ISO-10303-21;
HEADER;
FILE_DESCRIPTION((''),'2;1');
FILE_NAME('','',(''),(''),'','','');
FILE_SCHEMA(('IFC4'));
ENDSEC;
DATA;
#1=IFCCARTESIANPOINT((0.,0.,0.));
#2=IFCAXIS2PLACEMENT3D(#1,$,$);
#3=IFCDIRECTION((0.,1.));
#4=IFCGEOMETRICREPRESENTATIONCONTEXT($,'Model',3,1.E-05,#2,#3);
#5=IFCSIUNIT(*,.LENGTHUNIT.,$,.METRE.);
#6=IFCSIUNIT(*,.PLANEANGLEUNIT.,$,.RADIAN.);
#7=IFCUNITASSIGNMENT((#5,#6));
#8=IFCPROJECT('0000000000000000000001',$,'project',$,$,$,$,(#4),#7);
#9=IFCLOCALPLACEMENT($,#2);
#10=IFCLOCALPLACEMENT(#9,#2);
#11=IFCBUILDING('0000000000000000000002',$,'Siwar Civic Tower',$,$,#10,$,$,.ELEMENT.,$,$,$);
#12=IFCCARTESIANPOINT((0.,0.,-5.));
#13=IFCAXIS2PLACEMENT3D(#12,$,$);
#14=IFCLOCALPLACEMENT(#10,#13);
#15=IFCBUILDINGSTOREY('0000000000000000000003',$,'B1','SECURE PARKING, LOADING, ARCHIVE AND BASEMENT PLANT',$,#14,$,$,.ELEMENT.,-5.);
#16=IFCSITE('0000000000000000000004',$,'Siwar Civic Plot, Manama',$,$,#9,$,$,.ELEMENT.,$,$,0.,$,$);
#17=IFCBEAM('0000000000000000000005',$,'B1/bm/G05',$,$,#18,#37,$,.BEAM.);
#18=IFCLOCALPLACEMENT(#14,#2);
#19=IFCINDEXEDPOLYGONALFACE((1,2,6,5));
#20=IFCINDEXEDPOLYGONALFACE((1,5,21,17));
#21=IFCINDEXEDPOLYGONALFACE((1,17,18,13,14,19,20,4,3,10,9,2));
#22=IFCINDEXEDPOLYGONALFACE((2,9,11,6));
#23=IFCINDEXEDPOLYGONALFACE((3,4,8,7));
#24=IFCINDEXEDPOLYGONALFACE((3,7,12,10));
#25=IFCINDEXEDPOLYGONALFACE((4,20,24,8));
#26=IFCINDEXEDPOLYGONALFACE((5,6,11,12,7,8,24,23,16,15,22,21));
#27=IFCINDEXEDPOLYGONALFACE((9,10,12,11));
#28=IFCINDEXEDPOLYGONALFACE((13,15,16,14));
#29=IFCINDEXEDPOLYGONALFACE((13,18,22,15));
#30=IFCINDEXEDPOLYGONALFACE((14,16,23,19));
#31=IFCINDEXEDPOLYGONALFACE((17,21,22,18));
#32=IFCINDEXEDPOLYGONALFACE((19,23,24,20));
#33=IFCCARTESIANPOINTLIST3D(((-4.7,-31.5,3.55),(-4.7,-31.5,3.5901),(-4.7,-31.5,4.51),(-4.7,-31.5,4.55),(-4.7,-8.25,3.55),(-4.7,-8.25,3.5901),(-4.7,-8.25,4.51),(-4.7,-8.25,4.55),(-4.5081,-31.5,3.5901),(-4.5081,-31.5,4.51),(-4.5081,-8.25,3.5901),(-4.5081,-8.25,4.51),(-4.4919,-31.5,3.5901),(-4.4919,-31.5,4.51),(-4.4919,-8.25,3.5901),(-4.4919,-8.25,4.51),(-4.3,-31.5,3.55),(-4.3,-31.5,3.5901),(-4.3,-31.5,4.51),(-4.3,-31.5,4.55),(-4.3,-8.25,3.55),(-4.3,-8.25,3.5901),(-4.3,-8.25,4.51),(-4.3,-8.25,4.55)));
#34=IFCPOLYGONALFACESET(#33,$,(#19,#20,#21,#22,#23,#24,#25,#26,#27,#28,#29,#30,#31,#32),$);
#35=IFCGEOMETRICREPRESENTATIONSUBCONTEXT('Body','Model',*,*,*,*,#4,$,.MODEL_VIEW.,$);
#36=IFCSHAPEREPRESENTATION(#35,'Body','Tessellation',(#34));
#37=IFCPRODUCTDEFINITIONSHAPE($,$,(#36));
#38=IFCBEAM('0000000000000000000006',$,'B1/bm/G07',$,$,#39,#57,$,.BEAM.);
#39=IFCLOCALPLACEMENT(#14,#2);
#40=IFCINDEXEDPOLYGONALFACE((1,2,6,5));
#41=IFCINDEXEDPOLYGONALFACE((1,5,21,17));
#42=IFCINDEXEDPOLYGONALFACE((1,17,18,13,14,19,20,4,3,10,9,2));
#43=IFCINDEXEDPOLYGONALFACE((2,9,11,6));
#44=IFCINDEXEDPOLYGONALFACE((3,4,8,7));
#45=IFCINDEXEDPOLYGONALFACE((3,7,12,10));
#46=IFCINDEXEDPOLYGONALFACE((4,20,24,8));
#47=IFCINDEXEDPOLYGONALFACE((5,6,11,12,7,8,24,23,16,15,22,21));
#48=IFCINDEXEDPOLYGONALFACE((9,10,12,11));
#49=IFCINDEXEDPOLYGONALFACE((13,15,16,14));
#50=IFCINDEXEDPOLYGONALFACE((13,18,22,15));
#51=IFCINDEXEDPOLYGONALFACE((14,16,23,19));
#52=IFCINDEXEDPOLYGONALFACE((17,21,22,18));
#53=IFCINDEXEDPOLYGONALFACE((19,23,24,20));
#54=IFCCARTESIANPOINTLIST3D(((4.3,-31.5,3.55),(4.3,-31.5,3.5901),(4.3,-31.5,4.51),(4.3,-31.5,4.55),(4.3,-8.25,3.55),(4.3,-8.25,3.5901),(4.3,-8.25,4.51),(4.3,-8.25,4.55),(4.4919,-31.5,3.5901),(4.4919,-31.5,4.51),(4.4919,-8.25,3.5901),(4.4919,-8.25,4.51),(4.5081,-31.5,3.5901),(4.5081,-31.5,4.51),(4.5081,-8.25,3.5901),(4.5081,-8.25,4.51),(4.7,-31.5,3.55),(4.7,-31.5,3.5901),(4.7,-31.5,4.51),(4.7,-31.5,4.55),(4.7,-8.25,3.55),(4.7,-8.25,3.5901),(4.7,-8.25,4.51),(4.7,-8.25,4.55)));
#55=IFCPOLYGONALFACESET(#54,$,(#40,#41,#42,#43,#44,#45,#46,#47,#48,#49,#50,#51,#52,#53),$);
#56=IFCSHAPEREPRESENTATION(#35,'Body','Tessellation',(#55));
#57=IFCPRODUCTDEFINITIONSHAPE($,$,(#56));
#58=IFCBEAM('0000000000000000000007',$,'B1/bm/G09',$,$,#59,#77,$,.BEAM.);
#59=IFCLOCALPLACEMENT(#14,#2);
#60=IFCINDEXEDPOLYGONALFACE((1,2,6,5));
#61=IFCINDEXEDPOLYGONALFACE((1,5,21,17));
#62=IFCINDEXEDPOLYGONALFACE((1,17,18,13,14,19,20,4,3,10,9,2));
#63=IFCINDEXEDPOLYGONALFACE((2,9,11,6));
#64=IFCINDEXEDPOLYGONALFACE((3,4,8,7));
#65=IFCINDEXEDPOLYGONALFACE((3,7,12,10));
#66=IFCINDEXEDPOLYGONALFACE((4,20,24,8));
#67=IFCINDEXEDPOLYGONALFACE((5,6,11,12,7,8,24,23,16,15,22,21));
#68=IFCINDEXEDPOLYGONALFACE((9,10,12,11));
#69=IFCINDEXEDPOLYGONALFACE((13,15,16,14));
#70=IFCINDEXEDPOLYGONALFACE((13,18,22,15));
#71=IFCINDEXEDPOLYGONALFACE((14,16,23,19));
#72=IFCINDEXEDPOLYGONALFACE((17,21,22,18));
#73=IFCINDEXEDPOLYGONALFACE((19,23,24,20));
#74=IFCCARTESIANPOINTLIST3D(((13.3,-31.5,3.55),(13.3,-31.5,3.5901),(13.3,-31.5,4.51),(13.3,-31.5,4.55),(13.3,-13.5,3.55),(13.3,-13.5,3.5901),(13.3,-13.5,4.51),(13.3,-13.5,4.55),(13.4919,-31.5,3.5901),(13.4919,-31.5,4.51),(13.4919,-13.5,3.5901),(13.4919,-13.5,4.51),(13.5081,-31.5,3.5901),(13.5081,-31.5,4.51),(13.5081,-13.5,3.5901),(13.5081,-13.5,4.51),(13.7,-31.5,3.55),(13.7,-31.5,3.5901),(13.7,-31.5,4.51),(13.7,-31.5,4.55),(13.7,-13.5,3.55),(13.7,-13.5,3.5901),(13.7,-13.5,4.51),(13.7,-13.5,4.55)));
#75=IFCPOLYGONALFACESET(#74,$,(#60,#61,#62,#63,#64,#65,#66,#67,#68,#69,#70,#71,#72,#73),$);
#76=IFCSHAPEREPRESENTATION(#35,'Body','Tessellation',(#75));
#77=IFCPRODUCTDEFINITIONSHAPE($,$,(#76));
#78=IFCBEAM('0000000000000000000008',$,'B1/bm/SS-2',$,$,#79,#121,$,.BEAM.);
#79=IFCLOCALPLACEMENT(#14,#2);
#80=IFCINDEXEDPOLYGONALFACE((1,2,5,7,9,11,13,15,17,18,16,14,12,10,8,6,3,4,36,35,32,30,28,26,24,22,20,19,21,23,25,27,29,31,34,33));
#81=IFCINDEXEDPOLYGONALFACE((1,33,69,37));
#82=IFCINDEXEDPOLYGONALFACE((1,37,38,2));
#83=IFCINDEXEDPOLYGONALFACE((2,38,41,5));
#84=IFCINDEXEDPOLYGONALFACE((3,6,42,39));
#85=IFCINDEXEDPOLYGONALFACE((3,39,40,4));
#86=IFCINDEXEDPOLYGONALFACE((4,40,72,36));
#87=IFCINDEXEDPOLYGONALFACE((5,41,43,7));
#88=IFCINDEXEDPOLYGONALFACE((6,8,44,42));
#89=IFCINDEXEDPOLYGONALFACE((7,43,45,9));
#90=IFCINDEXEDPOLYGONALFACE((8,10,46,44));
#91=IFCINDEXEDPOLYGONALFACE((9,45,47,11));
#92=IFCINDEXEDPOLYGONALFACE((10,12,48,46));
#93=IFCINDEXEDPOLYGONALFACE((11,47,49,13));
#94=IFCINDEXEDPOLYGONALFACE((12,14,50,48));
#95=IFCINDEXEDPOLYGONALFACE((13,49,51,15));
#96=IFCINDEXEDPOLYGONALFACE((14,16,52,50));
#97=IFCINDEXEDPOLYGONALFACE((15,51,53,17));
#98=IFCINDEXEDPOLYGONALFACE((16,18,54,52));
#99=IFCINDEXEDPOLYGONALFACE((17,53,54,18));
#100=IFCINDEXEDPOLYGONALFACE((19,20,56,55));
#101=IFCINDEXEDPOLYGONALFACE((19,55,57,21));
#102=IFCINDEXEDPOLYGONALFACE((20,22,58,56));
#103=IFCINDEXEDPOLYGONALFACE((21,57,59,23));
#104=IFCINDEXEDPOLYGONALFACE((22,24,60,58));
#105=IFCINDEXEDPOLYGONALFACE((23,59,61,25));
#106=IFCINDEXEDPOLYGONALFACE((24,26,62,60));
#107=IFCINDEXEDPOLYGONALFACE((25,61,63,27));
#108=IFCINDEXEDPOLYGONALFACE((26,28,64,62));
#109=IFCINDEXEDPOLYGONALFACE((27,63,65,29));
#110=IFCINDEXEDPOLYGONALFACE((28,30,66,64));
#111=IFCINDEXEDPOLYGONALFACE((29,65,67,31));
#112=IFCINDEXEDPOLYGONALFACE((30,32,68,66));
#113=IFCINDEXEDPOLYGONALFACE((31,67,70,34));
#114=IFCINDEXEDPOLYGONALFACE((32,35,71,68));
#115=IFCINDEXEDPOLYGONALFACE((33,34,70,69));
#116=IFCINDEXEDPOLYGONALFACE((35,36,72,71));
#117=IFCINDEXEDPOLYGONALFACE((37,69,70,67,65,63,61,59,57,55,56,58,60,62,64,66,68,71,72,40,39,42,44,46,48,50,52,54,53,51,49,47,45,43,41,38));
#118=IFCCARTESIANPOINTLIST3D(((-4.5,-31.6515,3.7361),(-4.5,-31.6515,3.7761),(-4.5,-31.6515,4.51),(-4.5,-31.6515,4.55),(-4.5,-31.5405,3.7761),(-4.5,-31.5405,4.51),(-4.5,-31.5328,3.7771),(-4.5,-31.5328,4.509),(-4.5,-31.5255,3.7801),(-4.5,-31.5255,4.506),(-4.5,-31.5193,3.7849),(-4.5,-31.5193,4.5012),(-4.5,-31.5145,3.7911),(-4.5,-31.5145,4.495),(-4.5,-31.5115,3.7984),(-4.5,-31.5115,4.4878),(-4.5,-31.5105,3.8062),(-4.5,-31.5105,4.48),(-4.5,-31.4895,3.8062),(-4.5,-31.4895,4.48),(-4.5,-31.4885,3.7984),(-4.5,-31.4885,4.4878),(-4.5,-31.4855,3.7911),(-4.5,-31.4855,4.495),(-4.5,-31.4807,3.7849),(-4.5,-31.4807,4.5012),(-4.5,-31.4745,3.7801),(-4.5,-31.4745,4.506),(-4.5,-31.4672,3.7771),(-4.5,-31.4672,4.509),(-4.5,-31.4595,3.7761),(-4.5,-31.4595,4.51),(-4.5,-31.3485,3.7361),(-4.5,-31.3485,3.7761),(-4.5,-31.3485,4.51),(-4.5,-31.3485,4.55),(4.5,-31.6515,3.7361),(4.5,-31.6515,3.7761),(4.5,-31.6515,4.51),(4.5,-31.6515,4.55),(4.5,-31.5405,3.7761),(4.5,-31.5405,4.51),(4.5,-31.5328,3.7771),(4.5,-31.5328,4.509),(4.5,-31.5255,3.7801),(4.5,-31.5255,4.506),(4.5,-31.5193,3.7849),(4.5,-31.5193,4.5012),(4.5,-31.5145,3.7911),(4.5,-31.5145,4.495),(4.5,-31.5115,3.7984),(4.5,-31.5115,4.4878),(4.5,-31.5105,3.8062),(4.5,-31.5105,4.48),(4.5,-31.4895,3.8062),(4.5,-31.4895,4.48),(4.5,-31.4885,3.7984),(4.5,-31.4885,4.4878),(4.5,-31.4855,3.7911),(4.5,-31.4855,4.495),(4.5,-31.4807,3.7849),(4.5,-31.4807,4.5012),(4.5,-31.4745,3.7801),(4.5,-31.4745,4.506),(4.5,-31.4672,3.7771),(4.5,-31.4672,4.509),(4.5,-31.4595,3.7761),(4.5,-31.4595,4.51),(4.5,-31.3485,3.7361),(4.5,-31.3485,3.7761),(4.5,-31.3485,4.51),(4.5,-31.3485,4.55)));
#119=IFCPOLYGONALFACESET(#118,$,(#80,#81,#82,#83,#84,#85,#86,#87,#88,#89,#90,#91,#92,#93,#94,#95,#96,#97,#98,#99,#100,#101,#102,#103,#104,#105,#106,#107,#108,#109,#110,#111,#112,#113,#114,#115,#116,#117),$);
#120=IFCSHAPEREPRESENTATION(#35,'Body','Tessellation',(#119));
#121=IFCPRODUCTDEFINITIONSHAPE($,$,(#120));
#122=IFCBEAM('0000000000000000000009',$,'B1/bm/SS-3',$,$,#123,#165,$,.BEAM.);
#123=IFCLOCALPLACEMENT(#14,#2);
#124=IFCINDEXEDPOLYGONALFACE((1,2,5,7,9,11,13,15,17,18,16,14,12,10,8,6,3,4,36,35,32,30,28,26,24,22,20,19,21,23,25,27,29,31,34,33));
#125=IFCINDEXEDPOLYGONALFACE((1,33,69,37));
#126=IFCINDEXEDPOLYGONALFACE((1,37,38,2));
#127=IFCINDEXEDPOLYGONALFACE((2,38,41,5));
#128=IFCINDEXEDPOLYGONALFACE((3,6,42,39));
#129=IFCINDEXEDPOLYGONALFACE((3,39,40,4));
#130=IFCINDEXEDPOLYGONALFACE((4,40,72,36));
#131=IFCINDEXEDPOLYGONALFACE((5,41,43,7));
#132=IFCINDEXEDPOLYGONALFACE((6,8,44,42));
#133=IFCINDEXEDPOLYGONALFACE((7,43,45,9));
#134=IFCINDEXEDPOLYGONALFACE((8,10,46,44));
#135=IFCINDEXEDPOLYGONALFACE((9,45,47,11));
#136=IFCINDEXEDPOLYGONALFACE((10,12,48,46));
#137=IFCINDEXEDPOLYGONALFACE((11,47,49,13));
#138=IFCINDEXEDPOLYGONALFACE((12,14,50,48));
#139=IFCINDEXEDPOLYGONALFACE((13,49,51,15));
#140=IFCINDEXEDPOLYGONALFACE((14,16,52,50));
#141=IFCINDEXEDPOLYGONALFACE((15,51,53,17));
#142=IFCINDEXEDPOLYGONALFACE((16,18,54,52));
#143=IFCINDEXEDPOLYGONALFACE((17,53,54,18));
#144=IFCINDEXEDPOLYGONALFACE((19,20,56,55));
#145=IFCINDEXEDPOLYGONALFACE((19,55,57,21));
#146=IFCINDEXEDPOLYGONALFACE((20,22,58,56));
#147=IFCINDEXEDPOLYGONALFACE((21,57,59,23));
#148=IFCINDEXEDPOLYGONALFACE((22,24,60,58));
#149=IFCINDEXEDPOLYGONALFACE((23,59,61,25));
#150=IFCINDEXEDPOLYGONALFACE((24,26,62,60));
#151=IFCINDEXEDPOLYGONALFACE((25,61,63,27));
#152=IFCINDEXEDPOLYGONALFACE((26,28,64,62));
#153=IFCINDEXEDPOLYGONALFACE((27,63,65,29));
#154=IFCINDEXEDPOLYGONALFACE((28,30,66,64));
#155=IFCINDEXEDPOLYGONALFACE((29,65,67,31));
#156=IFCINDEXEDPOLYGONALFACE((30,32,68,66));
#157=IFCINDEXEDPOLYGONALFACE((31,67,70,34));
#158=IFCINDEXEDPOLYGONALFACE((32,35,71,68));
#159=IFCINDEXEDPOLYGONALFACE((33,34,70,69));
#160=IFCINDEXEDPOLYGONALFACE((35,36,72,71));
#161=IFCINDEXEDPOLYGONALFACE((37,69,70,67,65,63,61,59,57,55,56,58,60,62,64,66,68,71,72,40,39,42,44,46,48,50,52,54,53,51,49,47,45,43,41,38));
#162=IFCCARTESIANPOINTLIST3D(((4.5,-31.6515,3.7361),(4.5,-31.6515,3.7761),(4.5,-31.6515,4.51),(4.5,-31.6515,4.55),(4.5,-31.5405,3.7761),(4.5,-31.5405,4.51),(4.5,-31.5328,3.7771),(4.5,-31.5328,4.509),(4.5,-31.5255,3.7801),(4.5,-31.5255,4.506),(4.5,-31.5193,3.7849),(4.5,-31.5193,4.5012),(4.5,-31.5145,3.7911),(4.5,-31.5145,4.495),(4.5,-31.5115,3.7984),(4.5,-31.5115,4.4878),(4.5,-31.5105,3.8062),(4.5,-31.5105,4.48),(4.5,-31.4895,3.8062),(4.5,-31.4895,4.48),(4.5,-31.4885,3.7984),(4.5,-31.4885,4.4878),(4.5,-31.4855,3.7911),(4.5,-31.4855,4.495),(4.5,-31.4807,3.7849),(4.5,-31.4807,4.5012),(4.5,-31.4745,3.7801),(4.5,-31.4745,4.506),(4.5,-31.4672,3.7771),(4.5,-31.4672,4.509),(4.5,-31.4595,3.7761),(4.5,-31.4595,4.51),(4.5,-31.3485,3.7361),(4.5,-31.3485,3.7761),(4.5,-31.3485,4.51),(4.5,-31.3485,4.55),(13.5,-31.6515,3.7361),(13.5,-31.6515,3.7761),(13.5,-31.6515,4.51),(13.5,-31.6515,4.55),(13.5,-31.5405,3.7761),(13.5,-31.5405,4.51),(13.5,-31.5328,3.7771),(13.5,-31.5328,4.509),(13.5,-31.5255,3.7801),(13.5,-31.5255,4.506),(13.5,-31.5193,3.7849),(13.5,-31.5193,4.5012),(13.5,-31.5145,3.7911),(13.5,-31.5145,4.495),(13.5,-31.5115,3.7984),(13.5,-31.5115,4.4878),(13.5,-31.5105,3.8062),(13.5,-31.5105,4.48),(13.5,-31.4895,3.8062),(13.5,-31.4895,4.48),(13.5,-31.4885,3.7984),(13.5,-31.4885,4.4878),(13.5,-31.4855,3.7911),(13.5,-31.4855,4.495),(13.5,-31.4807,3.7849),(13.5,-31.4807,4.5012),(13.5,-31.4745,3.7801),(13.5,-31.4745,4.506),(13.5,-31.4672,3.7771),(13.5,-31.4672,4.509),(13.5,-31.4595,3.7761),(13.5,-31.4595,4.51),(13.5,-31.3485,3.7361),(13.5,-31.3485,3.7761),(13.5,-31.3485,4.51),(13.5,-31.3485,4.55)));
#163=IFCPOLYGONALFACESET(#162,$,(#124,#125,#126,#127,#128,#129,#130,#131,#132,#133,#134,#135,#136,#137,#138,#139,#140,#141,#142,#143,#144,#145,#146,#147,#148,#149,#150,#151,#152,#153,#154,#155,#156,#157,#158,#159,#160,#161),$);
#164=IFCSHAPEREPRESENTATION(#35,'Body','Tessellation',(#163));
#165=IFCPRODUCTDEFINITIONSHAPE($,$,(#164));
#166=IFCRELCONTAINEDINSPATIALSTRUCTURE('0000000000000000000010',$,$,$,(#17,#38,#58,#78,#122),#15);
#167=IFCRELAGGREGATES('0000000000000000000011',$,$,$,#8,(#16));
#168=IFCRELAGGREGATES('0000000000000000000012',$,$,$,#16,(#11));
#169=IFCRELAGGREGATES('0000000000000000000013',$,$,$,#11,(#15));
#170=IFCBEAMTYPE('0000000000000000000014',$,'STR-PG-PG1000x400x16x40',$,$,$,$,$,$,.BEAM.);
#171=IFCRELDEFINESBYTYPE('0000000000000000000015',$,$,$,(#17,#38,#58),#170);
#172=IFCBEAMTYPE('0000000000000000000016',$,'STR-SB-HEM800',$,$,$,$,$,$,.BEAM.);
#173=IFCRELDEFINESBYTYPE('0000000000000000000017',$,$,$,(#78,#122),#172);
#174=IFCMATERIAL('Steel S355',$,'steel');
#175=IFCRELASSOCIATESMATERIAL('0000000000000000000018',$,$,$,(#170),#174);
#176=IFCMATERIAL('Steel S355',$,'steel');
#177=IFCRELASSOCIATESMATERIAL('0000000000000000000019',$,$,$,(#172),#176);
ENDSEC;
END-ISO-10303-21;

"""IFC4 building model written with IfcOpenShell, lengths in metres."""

from ifc_helpers import new_model, si_unit, direction, frame, origin, origin_2d, place, context, subcontext, project, spatial, i_section, extrude, material, material_profile, profile_set, type_object, element, save


model = new_model("IFC4")

# Units and contexts
model_context = context("Model", 3, precision=1e-05, world=origin(), true_north=direction((0.0, 1.0)))
body_context = subcontext(model_context, "Body", "Model", "MODEL_VIEW")
ifc_project = project(units=[si_unit("LENGTHUNIT", "METRE"), si_unit("PLANEANGLEUNIT", "RADIAN")], contexts=[model_context])

# Site, building, storey
site_placement = place(None, origin())
site = spatial("IfcSite", under=ifc_project, at=site_placement, Name="Siwar Civic Plot, Manama", CompositionType="ELEMENT", RefElevation=0.0)
building_placement = place(site_placement, origin())
building = spatial("IfcBuilding", under=site, at=building_placement, Name="Siwar Civic Tower", CompositionType="ELEMENT")
storey_placement = place(building_placement, frame((0.0, 0.0, -5.0)))
storey = spatial("IfcBuildingStorey", under=building, at=storey_placement, Name="B1", Description="SECURE PARKING, LOADING, ARCHIVE AND BASEMENT PLANT", CompositionType="ELEMENT", Elevation=-5.0)

# Beams
ifc_material_1 = material(Name="Steel S355", Category="steel")
ifc_material_profile_1 = material_profile(ifc_material_1, i_section(OverallWidth=0.3999, OverallDepth=1.0, WebThickness=0.0161, FlangeThickness=0.04, at=origin_2d()), Name="PG1000x400x16x40")
ifc_profile_set_1 = profile_set([ifc_material_profile_1], Name="Steel S355")
beam_type_1 = type_object("IfcBeamType", Name="STR-PG-PG1000x400x16x40", PredefinedType="BEAM", material=ifc_profile_set_1)
for number, where, z_axis, x_axis, name in (
    (1, (-4.5, -31.5, 4.05), (0.0, 1.0, 0.0), (-1.0, 0.0, 0.0), "B1/bm/G05"),
    (2, (4.5, -31.5, 4.05), (0.0, 1.0, 0.0), (-1.0, 0.0, 0.0), "B1/bm/G07"),
):
    element("IfcBeam", number, at=place(storey_placement, frame(where, z_axis=z_axis, x_axis=x_axis)), inside=storey, type_object=beam_type_1, Name=name, PredefinedType="BEAM", context=body_context, shape_type="SweptSolid", body=[
        extrude(i_section(OverallWidth=0.3999, OverallDepth=1.0, WebThickness=0.0161, FlangeThickness=0.04, at=origin_2d()), origin(), (0.0, 0.0, 1.0), 23.25),
    ])
beam_placement = place(storey_placement, frame((13.5, -31.5, 4.05), z_axis=(0.0, 1.0, 0.0), x_axis=(-1.0, 0.0, 0.0)))
element("IfcBeam", 3, at=beam_placement, inside=storey, type_object=beam_type_1, Name="B1/bm/G09", PredefinedType="BEAM", context=body_context, shape_type="SweptSolid", body=[
    extrude(i_section(OverallWidth=0.3999, OverallDepth=1.0, WebThickness=0.0161, FlangeThickness=0.04, at=origin_2d()), origin(), (0.0, 0.0, 1.0), 18.0),
])
ifc_material_2 = material(Name="Steel S355", Category="steel")
ifc_material_profile_2 = material_profile(ifc_material_2, i_section(OverallWidth=0.303, OverallDepth=0.814, WebThickness=0.021, FlangeThickness=0.04, FilletRadius=0.03, at=origin_2d()), Name="HEM800")
ifc_profile_set_2 = profile_set([ifc_material_profile_2], Name="Steel S355")
beam_type_2 = type_object("IfcBeamType", Name="STR-SB-HEM800", PredefinedType="BEAM", material=ifc_profile_set_2)
for number, where, z_axis, x_axis, name in (
    (4, (-4.5, -31.5, 4.1431), (1.0, 0.0, 0.0), (0.0, 1.0, 0.0), "B1/bm/SS-2"),
    (5, (4.5, -31.5, 4.1431), (1.0, 0.0, 0.0), (0.0, 1.0, 0.0), "B1/bm/SS-3"),
):
    element("IfcBeam", number, at=place(storey_placement, frame(where, z_axis=z_axis, x_axis=x_axis)), inside=storey, type_object=beam_type_2, Name=name, PredefinedType="BEAM", context=body_context, shape_type="SweptSolid", body=[
        extrude(i_section(OverallWidth=0.303, OverallDepth=0.814, WebThickness=0.021, FlangeThickness=0.04, FilletRadius=0.03, at=origin_2d()), origin(), (0.0, 0.0, 1.0), 9.0),
    ])

save(model, "model.ifc")
